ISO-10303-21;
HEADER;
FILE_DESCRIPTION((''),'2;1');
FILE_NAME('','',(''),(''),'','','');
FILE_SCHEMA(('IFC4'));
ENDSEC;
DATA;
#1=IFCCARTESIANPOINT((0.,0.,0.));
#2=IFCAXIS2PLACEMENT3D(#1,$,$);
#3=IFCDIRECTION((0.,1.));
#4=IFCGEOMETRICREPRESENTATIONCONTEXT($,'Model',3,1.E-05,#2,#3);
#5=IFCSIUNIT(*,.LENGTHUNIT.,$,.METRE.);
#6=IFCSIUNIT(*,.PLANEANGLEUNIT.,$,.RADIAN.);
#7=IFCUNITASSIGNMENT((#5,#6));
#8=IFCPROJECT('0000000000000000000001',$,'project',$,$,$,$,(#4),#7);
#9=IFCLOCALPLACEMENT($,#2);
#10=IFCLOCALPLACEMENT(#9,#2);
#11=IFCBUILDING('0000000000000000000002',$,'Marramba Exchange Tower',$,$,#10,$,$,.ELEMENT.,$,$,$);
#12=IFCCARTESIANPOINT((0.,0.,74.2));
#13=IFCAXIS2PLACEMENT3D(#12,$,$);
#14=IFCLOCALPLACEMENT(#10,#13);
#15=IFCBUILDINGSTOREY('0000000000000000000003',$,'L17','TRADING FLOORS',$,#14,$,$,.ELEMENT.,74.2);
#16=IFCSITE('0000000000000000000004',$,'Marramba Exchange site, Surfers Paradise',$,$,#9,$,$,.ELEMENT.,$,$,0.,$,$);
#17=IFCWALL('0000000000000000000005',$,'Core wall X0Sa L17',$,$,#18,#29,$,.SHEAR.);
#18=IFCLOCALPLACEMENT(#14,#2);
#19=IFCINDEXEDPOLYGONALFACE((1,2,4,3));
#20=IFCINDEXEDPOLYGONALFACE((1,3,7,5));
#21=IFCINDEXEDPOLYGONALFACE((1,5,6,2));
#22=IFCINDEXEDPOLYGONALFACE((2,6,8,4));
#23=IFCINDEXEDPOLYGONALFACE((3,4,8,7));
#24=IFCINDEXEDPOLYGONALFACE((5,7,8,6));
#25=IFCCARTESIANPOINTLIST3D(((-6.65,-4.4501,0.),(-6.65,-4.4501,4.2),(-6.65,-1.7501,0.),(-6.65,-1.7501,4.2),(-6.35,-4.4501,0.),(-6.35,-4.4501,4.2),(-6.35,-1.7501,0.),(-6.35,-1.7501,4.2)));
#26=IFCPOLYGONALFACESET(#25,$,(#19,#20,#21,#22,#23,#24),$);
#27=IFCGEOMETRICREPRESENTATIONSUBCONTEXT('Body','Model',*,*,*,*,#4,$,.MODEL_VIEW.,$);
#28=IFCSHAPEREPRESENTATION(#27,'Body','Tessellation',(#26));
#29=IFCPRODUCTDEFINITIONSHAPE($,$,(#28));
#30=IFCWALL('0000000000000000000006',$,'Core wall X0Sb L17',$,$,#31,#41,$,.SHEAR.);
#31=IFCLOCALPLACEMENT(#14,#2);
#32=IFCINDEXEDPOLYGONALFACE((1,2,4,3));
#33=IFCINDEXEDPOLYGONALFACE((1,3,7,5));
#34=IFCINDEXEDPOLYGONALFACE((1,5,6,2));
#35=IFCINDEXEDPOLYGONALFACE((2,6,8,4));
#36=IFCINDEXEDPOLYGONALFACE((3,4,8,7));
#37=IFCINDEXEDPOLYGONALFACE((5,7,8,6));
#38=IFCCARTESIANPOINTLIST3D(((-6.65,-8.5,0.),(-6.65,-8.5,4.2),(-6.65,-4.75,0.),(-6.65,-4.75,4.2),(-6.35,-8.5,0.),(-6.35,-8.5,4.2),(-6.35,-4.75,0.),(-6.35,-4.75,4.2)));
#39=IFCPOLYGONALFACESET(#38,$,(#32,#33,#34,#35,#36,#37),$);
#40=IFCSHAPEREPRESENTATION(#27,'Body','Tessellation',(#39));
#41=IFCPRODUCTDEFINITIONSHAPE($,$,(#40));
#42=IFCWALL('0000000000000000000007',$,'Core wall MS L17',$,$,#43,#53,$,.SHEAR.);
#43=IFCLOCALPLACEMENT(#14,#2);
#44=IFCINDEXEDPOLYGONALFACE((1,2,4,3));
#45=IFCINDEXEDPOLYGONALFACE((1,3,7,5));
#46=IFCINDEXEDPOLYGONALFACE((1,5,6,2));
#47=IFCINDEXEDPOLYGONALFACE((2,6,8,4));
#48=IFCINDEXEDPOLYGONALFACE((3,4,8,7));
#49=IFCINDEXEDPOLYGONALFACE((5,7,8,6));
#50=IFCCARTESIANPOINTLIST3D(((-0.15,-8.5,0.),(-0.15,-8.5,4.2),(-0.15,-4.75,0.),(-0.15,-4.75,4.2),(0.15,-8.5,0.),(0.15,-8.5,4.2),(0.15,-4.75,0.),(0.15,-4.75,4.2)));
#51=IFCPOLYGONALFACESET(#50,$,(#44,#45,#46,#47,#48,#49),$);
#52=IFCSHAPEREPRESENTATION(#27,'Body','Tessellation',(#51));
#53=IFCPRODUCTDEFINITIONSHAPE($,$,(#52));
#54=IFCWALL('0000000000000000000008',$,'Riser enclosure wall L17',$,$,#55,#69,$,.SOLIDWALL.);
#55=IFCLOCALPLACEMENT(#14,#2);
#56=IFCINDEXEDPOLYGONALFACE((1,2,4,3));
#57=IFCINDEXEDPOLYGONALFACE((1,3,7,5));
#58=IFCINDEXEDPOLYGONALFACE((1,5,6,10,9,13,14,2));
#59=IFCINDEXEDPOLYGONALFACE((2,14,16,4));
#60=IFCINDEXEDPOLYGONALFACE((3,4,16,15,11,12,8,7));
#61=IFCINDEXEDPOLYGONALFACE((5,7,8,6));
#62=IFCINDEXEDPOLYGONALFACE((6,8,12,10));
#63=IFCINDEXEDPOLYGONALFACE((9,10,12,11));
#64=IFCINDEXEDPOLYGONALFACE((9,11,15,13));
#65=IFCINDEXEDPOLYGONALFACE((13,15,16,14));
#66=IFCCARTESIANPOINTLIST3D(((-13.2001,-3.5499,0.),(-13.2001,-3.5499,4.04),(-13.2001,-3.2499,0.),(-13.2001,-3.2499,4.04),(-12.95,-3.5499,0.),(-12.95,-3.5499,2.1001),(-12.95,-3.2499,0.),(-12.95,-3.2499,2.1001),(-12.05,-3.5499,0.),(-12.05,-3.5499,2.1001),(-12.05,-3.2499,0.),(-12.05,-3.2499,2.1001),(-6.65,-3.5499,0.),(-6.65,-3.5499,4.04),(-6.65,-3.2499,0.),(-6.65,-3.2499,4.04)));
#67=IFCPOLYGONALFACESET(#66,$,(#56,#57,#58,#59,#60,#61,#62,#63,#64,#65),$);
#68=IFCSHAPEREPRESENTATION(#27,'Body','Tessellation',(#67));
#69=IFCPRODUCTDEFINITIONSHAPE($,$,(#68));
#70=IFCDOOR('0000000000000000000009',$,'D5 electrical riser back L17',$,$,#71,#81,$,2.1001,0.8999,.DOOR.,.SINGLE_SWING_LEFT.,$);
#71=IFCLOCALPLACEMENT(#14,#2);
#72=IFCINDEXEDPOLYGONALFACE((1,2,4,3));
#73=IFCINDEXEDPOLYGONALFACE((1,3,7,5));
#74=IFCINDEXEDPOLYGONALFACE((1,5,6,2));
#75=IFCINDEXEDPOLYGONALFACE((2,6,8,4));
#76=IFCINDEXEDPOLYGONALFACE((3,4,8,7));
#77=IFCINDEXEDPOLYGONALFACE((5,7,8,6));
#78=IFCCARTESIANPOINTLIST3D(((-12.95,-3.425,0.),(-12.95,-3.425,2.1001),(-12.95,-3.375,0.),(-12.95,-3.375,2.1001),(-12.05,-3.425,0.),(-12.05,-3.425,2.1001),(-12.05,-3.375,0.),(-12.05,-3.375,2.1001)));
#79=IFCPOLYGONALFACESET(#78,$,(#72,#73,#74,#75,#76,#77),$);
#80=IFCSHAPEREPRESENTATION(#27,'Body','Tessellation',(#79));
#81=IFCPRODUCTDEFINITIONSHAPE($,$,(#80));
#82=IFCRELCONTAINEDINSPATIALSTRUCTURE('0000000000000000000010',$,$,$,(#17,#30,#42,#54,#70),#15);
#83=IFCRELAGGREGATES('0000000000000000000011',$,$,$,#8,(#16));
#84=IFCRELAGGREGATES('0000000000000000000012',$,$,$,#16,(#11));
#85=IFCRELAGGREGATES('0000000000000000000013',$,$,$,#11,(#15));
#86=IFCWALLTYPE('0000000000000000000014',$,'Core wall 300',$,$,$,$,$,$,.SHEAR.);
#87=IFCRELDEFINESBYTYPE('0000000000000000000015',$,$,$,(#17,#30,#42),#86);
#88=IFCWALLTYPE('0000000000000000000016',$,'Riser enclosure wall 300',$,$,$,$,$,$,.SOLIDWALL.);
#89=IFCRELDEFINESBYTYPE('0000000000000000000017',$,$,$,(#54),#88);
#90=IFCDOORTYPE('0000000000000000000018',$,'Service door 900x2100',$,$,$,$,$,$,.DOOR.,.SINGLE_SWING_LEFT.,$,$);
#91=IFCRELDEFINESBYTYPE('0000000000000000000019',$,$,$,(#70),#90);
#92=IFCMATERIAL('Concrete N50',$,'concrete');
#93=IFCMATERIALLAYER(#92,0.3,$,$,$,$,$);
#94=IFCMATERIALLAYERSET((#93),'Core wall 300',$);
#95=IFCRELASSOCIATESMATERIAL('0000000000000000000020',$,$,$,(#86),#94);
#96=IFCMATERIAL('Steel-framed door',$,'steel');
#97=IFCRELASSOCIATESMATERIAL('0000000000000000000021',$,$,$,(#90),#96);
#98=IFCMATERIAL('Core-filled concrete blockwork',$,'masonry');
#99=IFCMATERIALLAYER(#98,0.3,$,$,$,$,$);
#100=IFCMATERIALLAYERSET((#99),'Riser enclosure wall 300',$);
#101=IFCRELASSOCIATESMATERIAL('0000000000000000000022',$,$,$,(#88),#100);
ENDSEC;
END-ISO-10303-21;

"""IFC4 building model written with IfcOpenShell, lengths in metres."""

from ifc_helpers import new_model, si_unit, direction, frame, frame_2d, origin, place, context, subcontext, project, spatial, rectangle, extrude, material, layer, layer_set, type_object, element, fill, save


model = new_model("IFC4")

# Units and contexts
model_context = context("Model", 3, precision=1e-05, world=origin(), true_north=direction((0.0, 1.0)))
body_context = subcontext(model_context, "Body", "Model", "MODEL_VIEW")
ifc_project = project(units=[si_unit("LENGTHUNIT", "METRE"), si_unit("PLANEANGLEUNIT", "RADIAN")], contexts=[model_context])

# Site, building, storey
site_placement = place(None, origin())
site = spatial("IfcSite", under=ifc_project, at=site_placement, Name="Marramba Exchange site, Surfers Paradise", CompositionType="ELEMENT", RefElevation=0.0)
building_placement = place(site_placement, origin())
building = spatial("IfcBuilding", under=site, at=building_placement, Name="Marramba Exchange Tower", CompositionType="ELEMENT")
storey_placement = place(building_placement, frame((0.0, 0.0, 74.2)))
storey = spatial("IfcBuildingStorey", under=building, at=storey_placement, Name="L17", Description="TRADING FLOORS", CompositionType="ELEMENT", Elevation=74.2)

# Shared definitions
ifc_material_1 = material(Name="Concrete N50", Category="concrete")

# Shared definitions
ifc_layer_1 = layer(ifc_material_1, 0.3)
ifc_layer_set_1 = layer_set([ifc_layer_1], Name="Core wall 300")
wall_type_1 = type_object("IfcWallType", Name="Core wall 300", PredefinedType="SHEAR", material=ifc_layer_set_1)
ifc_material_2 = material(Name="Steel-framed door", Category="steel")
door_type_1 = type_object("IfcDoorType", Name="Service door 900x2100", OperationType="SINGLE_SWING_LEFT", PredefinedType="DOOR", material=ifc_material_2)

# Walls
wall_1_placement = place(storey_placement, frame((-6.5, -1.75, 0.0), z_axis=(0.0, 0.0, 1.0), x_axis=(0.0, -1.0, 0.0)))
element("IfcWall", 1, at=wall_1_placement, inside=storey, type_object=wall_type_1, Name="Core wall X0Sa L17", PredefinedType="SHEAR", context=body_context, shape_type="SweptSolid", body=[
    extrude(rectangle(XDim=2.7, YDim=0.3, at=frame_2d((1.3501, 0.0))), origin(), (0.0, 0.0, 1.0), 4.2),
])
for number, where, z_axis, x_axis, name in (
    (2, (-6.5, -4.75, 0.0), (0.0, 0.0, 1.0), (0.0, -1.0, 0.0), "Core wall X0Sb L17"),
    (3, (0.0, -4.75, 0.0), (0.0, 0.0, 1.0), (0.0, -1.0, 0.0), "Core wall MS L17"),
):
    element("IfcWall", number, at=place(storey_placement, frame(where, z_axis=z_axis, x_axis=x_axis)), inside=storey, type_object=wall_type_1, Name=name, PredefinedType="SHEAR", context=body_context, shape_type="SweptSolid", body=[
        extrude(rectangle(XDim=3.75, YDim=0.3, at=frame_2d((1.875, 0.0))), origin(), (0.0, 0.0, 1.0), 4.2),
    ])

# Wall, opening, door
ifc_material_3 = material(Name="Core-filled concrete blockwork", Category="masonry")
ifc_layer_2 = layer(ifc_material_3, 0.3)
ifc_layer_set_2 = layer_set([ifc_layer_2], Name="Riser enclosure wall 300")
wall_type_2 = type_object("IfcWallType", Name="Riser enclosure wall 300", PredefinedType="SOLIDWALL", material=ifc_layer_set_2)
wall_2_placement = place(storey_placement, frame((-13.2, -3.3999, 0.0), z_axis=(0.0, 0.0, 1.0), x_axis=(1.0, 0.0, 0.0)))
wall_2 = element("IfcWall", 4, at=wall_2_placement, inside=storey, type_object=wall_type_2, Name="Riser enclosure wall L17", PredefinedType="SOLIDWALL", context=body_context, shape_type="SweptSolid", body=[
    extrude(rectangle(XDim=6.55, YDim=0.3, at=frame_2d((3.2749, 0.0))), origin(), (0.0, 0.0, 1.0), 4.04),
])
opening_1_placement = place(wall_2_placement, frame((0.25, 0.0, 0.0)))
opening_1 = element("IfcOpeningElement", 5, at=opening_1_placement, cuts=wall_2, PredefinedType="OPENING", context=body_context, shape_type="SweptSolid", body=[
    extrude(rectangle(XDim=0.8999, YDim=2.1001, at=frame_2d((0.45, 1.05))), frame((0.0, 0.1599, 0.0), z_axis=(0.0, -1.0, 0.0), x_axis=(1.0, 0.0, 0.0)), (0.0, 0.0, 1.0), 0.3201),
])
door_1_placement = place(opening_1_placement, origin())
door_1 = element("IfcDoor", 6, at=door_1_placement, inside=storey, type_object=door_type_1, Name="D5 electrical riser back L17", OperationType="SINGLE_SWING_LEFT", OverallHeight=2.1001, OverallWidth=0.8999, PredefinedType="DOOR", context=body_context, shape_type="SweptSolid", body=[
    extrude(rectangle(XDim=0.8999, YDim=2.1001, at=frame_2d((0.45, 1.05))), frame((0.0, 0.0249, 0.0), z_axis=(0.0, -1.0, 0.0), x_axis=(1.0, 0.0, 0.0)), (0.0, 0.0, 1.0), 0.05),
])
fill(opening_1, door_1)

save(model, "model.ifc")
